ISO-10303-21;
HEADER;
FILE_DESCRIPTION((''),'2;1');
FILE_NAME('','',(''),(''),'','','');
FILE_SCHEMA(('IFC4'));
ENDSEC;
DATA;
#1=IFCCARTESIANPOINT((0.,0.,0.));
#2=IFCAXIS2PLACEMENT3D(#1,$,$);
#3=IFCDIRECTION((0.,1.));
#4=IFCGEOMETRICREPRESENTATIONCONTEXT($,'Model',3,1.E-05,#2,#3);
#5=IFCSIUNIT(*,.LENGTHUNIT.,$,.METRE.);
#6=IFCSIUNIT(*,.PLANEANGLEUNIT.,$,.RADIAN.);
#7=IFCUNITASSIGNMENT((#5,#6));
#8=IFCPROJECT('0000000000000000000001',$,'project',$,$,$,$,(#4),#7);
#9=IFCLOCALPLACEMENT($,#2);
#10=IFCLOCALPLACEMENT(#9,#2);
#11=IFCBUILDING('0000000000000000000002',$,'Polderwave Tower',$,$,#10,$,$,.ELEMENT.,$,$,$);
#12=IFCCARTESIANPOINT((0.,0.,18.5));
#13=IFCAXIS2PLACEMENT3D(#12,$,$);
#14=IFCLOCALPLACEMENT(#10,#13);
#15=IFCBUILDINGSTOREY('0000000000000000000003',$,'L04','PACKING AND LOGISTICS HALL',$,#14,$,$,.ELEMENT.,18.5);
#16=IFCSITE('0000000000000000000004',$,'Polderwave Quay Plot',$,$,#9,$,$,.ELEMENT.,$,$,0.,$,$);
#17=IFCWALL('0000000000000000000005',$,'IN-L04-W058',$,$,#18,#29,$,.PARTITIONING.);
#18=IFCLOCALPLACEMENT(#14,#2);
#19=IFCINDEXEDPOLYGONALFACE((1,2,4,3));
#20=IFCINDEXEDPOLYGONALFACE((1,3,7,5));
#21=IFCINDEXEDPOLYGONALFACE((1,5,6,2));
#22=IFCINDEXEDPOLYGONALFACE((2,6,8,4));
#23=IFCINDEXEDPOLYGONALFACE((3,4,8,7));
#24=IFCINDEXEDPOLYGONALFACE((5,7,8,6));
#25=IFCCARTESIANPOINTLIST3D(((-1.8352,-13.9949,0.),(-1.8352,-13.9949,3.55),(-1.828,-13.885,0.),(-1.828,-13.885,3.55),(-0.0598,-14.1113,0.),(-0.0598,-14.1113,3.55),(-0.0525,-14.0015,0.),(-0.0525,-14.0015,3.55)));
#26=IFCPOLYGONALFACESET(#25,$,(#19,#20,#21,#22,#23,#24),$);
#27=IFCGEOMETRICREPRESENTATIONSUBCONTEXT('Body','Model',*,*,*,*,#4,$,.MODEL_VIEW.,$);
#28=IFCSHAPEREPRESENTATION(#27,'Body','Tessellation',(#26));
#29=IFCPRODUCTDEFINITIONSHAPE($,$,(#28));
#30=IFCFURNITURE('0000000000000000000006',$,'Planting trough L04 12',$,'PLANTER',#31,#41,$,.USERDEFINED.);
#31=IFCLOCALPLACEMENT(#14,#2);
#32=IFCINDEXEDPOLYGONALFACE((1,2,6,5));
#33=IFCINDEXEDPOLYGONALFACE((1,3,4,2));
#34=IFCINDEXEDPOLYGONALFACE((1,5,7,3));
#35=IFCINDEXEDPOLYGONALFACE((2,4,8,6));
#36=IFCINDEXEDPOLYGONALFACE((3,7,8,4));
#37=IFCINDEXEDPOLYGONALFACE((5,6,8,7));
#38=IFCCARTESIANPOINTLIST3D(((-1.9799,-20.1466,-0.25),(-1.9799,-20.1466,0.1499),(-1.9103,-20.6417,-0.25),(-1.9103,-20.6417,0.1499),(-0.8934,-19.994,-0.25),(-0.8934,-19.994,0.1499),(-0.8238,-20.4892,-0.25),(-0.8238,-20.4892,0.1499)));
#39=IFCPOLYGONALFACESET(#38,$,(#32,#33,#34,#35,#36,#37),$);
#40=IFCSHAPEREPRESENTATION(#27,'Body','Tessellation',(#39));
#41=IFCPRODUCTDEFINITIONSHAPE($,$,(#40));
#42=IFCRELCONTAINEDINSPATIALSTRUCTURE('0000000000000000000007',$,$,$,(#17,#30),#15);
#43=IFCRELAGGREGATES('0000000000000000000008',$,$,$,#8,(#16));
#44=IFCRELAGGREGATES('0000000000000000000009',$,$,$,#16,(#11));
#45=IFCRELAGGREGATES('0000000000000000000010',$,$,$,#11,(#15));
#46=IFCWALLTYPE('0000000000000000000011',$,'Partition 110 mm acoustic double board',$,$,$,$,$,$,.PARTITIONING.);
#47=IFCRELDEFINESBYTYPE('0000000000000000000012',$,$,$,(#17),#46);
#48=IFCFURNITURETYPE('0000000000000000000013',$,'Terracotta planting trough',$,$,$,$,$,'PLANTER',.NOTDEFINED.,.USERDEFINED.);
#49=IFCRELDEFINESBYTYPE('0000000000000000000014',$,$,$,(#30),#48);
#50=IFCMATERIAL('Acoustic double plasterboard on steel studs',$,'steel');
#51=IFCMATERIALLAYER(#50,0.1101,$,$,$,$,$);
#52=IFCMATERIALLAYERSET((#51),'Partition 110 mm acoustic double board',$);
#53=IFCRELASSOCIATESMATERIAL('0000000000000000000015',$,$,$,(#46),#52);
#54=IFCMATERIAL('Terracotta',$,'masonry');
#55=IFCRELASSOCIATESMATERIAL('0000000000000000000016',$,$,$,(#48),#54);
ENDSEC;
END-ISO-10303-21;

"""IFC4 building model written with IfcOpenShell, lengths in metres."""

from ifc_helpers import new_model, si_unit, direction, frame, frame_2d, origin, origin_2d, place, context, subcontext, project, spatial, rectangle, extrude, material, layer, layer_set, type_object, element, save


model = new_model("IFC4")

# Units and contexts
model_context = context("Model", 3, precision=1e-05, world=origin(), true_north=direction((0.0, 1.0)))
body_context = subcontext(model_context, "Body", "Model", "MODEL_VIEW")
ifc_project = project(units=[si_unit("LENGTHUNIT", "METRE"), si_unit("PLANEANGLEUNIT", "RADIAN")], contexts=[model_context])

# Site, building, storey
site_placement = place(None, origin())
site = spatial("IfcSite", under=ifc_project, at=site_placement, Name="Polderwave Quay Plot", CompositionType="ELEMENT", RefElevation=0.0)
building_placement = place(site_placement, origin())
building = spatial("IfcBuilding", under=site, at=building_placement, Name="Polderwave Tower", CompositionType="ELEMENT")
storey_placement = place(building_placement, frame((0.0, 0.0, 18.5)))
storey = spatial("IfcBuildingStorey", under=building, at=storey_placement, Name="L04", Description="PACKING AND LOGISTICS HALL", CompositionType="ELEMENT", Elevation=18.5)

# Wall
ifc_material_1 = material(Name="Acoustic double plasterboard on steel studs", Category="steel")
ifc_layer_1 = layer(ifc_material_1, 0.1101)
ifc_layer_set_1 = layer_set([ifc_layer_1], Name="Partition 110 mm acoustic double board")
wall_type_1 = type_object("IfcWallType", Name="Partition 110 mm acoustic double board", PredefinedType="PARTITIONING", material=ifc_layer_set_1)
wall_1_placement = place(storey_placement, frame((-0.0562, -14.0564, 0.0), z_axis=(0.0, 0.0, 1.0), x_axis=(-0.997856, 0.065453, 0.0)))
element("IfcWall", 1, at=wall_1_placement, inside=storey, type_object=wall_type_1, Name="IN-L04-W058", PredefinedType="PARTITIONING", context=body_context, shape_type="SweptSolid", body=[
    extrude(rectangle(XDim=1.7793, YDim=0.1101, at=frame_2d((0.8896, 0.0))), origin(), (0.0, 0.0, 1.0), 3.55),
])

# Furniture
ifc_material_2 = material(Name="Terracotta", Category="masonry")
furniture_type = type_object("IfcFurnitureType", Name="Terracotta planting trough", ElementType="PLANTER", AssemblyPlace="NOTDEFINED", PredefinedType="USERDEFINED", material=ifc_material_2)
furniture_placement = place(storey_placement, frame((-1.4019, -20.3179, -0.25), z_axis=(0.0, 0.0, 1.0), x_axis=(0.990285, 0.13905, 0.0)))
element("IfcFurniture", 2, at=furniture_placement, inside=storey, type_object=furniture_type, Name="Planting trough L04 12", ObjectType="PLANTER", PredefinedType="USERDEFINED", context=body_context, shape_type="SweptSolid", body=[
    extrude(rectangle(XDim=1.0972, YDim=0.5, at=origin_2d()), origin(), (0.0, 0.0, 1.0), 0.3999),
])

save(model, "model.ifc")
